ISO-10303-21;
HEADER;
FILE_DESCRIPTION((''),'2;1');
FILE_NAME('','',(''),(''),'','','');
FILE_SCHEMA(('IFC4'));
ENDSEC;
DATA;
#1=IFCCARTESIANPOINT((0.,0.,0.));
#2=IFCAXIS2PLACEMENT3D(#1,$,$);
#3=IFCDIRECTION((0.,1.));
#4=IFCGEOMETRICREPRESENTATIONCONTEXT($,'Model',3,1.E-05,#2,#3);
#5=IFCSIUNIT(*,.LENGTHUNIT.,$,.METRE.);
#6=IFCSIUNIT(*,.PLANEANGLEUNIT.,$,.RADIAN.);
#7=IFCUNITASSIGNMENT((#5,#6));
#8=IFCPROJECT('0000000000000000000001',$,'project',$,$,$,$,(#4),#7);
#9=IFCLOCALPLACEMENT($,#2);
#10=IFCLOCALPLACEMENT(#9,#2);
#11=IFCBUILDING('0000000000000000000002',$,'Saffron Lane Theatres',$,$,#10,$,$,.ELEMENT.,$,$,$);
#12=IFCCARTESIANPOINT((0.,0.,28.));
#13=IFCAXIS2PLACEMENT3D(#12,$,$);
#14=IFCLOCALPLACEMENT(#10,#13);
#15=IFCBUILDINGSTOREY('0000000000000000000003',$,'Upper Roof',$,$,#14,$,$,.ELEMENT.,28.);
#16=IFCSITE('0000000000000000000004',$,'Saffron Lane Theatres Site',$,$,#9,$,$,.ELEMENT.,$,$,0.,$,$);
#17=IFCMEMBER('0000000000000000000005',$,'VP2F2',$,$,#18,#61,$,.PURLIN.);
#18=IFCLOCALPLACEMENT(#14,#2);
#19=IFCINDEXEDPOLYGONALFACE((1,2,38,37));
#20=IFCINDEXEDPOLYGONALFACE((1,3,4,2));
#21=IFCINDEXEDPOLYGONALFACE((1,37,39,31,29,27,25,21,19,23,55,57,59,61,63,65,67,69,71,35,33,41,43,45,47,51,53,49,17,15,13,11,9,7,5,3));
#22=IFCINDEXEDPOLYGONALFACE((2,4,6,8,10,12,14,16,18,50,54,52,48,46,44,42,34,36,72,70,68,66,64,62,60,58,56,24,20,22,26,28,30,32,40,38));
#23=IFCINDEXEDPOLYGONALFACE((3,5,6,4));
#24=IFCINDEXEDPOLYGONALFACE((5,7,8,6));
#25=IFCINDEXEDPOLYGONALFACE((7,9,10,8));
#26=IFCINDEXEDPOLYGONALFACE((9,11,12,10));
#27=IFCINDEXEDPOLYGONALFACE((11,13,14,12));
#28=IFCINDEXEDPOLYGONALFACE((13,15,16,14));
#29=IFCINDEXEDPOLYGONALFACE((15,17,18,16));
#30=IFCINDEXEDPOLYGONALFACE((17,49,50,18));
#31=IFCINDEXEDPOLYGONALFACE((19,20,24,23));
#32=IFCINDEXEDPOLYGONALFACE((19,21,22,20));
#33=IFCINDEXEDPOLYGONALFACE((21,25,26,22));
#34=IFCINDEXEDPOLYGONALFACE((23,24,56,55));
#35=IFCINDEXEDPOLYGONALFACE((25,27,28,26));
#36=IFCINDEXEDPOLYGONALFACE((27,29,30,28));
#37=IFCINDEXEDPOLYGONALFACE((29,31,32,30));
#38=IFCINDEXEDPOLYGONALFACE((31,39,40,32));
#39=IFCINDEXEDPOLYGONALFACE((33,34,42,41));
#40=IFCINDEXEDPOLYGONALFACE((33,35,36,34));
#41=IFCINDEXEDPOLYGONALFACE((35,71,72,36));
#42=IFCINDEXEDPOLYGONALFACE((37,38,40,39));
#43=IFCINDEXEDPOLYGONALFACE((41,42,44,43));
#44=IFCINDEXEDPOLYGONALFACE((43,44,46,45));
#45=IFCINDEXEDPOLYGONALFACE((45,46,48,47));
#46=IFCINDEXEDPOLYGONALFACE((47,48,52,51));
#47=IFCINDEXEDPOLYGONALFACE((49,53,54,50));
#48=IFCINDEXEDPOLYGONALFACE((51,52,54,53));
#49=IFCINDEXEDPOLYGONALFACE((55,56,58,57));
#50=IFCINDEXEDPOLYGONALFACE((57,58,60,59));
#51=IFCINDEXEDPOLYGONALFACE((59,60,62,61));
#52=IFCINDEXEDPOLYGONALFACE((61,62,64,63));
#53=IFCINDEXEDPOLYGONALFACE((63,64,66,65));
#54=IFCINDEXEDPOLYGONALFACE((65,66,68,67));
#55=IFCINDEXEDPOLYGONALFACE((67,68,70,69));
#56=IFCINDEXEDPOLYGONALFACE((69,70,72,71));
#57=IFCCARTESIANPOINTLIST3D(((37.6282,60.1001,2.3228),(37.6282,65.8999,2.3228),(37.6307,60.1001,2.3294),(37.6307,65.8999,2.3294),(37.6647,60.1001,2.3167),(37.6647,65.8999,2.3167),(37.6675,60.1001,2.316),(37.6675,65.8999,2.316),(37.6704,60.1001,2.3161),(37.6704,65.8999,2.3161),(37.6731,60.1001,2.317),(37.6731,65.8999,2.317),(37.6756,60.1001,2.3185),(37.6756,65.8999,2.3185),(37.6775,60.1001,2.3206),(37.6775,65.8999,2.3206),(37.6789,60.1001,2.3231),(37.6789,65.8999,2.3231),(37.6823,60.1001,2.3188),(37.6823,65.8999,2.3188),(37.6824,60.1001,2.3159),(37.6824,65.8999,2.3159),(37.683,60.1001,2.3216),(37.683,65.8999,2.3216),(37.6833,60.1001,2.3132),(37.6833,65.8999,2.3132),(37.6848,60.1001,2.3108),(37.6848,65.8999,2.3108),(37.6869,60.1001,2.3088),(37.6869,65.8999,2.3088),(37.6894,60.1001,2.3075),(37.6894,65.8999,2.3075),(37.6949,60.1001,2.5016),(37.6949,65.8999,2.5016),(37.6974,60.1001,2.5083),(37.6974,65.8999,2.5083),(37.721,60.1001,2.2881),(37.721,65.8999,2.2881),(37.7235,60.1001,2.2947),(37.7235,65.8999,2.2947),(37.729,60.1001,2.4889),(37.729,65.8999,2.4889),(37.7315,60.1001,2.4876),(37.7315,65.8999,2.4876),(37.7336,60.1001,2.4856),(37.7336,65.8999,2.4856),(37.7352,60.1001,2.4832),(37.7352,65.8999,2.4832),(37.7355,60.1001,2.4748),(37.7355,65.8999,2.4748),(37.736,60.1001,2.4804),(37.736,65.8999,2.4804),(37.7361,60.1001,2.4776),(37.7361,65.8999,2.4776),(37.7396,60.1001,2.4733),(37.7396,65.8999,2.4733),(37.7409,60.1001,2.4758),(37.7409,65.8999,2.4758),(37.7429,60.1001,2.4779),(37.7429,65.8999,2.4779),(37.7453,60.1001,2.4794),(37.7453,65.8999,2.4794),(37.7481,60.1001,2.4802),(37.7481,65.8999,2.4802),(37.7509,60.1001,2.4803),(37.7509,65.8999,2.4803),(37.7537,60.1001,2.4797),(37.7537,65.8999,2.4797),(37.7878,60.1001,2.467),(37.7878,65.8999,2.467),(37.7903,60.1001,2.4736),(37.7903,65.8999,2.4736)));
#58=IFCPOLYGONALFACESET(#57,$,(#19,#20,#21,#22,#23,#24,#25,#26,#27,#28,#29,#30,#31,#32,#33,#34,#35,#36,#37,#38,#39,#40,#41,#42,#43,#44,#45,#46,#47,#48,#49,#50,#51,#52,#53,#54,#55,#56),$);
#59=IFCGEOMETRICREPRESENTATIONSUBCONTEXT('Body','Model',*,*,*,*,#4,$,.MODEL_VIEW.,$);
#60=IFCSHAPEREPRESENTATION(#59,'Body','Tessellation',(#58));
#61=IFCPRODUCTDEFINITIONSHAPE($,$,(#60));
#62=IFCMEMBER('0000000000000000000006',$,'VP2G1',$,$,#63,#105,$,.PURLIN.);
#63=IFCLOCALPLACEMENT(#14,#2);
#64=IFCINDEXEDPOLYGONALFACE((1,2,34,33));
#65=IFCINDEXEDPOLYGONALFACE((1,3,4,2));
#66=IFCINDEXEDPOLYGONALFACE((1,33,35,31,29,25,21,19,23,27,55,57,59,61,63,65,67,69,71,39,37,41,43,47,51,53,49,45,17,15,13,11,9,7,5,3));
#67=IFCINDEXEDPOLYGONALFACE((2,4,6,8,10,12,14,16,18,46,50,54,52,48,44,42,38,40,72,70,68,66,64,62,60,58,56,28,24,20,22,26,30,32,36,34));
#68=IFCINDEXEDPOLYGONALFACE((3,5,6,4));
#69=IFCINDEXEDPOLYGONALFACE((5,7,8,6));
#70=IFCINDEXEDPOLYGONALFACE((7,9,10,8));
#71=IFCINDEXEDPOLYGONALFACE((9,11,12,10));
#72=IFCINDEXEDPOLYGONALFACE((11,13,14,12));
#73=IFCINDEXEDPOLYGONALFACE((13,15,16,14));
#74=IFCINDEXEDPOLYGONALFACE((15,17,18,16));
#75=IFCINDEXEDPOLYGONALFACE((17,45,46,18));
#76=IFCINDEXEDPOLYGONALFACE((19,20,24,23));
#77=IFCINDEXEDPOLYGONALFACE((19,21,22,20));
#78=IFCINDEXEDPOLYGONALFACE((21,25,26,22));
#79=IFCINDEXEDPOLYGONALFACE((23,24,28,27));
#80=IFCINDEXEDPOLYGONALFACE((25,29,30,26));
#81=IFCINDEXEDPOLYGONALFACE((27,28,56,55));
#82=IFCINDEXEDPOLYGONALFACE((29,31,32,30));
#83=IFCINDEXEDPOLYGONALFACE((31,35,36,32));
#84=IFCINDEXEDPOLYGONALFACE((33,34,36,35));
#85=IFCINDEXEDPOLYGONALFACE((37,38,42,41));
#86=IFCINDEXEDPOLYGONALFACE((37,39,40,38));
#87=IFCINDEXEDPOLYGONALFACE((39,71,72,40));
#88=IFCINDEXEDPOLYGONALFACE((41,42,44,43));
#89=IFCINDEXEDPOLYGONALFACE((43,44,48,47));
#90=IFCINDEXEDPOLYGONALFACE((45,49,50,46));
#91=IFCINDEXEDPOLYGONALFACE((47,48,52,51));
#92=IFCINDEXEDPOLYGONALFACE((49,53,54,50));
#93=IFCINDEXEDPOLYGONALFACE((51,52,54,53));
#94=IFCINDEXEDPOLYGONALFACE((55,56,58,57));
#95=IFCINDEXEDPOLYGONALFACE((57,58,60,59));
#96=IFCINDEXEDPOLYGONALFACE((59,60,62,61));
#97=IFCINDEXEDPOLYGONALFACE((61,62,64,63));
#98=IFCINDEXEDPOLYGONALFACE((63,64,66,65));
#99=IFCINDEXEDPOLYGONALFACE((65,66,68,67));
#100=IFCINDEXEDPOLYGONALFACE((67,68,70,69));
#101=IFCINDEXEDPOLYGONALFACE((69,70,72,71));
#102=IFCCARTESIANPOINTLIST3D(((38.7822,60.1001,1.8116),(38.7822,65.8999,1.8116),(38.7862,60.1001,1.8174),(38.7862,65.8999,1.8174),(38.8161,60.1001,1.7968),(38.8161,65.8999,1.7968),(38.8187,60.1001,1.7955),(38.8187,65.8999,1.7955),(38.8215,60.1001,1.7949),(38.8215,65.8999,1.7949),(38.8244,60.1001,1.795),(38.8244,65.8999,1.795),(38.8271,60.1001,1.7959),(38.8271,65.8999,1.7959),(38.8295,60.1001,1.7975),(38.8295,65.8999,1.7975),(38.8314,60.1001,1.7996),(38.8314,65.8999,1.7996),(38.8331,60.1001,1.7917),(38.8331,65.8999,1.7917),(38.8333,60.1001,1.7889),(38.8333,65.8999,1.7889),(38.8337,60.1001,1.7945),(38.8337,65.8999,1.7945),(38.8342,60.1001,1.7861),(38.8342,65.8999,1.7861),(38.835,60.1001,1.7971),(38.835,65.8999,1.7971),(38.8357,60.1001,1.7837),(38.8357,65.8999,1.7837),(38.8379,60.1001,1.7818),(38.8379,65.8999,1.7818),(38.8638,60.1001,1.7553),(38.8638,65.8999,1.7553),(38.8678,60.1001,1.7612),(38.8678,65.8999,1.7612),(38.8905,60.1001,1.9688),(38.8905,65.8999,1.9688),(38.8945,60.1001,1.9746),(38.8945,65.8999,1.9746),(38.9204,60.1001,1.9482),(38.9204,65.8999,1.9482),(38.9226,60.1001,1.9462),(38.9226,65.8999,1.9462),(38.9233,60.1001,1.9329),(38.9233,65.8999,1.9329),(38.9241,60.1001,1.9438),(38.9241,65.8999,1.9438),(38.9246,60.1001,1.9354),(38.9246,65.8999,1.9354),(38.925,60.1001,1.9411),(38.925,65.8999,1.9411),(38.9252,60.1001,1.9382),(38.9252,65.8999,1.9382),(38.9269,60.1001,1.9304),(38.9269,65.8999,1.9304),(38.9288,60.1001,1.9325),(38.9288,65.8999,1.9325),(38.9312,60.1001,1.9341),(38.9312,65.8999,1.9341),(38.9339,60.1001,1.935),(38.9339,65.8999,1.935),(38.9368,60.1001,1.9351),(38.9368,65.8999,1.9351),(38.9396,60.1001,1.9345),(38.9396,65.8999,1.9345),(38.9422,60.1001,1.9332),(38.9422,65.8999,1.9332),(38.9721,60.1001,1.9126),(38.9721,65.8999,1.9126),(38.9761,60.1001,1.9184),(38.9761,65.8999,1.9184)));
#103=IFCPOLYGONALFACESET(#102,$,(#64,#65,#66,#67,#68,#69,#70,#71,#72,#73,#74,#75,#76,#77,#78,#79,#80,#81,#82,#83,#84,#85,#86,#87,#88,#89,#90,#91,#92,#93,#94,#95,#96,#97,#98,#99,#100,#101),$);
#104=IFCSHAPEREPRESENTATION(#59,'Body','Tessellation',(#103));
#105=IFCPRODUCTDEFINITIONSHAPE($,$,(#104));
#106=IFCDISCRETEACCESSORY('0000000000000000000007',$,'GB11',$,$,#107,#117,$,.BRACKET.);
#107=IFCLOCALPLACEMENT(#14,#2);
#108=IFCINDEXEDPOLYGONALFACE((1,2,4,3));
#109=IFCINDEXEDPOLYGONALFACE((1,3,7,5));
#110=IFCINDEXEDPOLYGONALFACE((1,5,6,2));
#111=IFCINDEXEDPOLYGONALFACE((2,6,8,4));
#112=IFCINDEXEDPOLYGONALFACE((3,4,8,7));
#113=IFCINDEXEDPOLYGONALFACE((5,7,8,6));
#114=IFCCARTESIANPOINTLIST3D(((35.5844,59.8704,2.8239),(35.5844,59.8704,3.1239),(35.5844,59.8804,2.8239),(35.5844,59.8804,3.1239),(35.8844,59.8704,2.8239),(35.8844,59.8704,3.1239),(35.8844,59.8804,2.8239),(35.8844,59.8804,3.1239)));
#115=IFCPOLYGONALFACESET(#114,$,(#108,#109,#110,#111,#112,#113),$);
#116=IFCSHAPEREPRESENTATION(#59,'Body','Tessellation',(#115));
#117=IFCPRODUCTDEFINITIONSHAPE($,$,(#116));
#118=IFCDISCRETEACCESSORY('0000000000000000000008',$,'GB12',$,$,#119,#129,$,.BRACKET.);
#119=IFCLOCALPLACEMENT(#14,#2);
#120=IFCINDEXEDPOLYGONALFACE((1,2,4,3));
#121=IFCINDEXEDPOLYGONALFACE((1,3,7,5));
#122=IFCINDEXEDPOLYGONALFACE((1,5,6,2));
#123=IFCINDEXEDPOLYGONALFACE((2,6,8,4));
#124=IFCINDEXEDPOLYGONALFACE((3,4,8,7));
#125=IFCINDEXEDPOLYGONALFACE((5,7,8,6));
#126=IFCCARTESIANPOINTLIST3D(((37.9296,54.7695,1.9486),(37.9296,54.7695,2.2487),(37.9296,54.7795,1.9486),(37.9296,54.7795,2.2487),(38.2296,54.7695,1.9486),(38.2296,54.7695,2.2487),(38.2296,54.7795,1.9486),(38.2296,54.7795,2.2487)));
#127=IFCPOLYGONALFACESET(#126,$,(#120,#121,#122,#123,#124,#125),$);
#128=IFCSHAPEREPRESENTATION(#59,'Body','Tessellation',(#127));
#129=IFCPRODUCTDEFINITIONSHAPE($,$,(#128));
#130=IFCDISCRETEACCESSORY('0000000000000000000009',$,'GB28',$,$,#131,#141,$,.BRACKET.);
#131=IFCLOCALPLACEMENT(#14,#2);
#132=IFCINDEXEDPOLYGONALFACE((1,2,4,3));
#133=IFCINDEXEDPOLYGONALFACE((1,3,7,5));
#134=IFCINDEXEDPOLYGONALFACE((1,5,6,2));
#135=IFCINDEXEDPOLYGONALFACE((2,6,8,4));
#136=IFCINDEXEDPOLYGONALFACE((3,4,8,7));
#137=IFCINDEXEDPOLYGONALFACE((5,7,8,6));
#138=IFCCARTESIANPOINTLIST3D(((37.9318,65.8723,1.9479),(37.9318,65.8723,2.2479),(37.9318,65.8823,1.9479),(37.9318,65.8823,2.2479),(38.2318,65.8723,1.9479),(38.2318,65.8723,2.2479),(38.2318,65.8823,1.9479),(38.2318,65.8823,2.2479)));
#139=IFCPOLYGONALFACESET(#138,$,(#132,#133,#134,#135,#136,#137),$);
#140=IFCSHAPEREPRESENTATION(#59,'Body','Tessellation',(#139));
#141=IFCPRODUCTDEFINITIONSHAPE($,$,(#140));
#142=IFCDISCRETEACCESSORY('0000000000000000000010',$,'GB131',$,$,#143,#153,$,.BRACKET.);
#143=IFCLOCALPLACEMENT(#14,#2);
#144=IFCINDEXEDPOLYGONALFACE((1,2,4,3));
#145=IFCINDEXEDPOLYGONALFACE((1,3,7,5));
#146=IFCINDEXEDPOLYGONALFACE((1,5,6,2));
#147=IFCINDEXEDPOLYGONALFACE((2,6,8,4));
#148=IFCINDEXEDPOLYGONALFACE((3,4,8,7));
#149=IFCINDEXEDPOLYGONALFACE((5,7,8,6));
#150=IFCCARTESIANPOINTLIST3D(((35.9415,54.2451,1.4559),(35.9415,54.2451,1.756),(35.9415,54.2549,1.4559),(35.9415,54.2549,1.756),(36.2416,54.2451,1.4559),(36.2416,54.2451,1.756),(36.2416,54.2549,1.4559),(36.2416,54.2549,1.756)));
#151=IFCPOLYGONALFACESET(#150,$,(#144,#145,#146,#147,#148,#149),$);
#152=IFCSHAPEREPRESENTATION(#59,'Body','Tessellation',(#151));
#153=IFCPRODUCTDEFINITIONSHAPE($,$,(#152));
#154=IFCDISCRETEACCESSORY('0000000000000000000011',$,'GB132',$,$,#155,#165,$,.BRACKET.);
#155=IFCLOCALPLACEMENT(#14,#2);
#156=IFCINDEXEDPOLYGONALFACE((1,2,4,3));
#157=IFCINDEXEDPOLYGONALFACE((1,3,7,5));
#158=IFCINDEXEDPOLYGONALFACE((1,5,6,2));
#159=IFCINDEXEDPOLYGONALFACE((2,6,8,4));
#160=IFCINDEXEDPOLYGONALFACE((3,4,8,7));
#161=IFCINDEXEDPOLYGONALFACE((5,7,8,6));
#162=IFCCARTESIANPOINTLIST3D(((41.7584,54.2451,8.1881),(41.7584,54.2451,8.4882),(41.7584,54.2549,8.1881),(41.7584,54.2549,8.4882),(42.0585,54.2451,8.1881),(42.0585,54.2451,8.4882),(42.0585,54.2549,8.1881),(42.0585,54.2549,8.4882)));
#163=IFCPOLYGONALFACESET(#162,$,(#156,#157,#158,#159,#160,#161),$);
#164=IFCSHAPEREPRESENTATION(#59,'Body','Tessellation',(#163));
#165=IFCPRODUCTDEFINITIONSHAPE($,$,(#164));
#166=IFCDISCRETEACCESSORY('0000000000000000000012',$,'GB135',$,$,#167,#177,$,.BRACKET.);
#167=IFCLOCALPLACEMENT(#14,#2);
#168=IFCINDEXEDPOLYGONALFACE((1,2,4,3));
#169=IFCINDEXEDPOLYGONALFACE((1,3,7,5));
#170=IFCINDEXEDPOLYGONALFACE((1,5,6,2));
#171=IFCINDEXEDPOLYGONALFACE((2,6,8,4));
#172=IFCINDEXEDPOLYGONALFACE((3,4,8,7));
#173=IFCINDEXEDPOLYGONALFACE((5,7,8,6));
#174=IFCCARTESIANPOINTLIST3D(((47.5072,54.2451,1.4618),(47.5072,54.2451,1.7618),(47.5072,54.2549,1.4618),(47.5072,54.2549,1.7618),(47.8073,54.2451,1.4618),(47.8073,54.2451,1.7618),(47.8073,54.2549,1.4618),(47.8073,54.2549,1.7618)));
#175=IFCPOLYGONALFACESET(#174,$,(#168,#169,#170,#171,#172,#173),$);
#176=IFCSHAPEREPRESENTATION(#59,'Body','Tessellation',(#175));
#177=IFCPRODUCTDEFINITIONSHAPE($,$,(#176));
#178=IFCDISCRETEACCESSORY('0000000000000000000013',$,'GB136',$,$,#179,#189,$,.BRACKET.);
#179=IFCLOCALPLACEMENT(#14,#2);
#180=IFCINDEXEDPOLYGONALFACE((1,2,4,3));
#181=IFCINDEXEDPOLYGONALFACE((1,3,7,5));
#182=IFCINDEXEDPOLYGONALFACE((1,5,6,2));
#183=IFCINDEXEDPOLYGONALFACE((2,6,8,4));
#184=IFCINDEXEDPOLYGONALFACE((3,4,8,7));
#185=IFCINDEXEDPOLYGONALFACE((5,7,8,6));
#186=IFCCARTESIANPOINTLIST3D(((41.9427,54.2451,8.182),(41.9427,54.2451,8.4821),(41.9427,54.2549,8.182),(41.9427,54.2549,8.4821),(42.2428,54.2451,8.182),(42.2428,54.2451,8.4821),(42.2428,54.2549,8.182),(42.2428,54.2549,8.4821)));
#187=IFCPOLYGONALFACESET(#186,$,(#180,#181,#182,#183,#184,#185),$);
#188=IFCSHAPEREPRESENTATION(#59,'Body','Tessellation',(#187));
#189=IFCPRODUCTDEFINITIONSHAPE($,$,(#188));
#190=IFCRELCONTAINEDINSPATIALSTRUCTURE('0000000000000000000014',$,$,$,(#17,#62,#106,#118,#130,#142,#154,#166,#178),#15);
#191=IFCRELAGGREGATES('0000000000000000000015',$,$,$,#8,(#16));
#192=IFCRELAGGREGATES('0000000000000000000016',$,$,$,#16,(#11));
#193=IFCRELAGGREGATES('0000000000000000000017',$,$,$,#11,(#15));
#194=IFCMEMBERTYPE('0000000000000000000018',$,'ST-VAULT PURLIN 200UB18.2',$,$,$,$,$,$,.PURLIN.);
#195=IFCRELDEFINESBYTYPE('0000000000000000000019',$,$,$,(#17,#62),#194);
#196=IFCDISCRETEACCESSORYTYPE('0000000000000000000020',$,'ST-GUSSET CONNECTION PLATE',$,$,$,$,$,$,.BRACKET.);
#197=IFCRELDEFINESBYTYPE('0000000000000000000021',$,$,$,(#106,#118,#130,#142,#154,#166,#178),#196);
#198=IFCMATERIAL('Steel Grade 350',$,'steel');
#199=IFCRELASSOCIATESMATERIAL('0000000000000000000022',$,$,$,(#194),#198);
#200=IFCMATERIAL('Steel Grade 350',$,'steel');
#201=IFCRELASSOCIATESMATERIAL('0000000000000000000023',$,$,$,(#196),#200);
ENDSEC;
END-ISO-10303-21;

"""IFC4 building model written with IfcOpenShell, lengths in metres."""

from ifc_helpers import new_model, si_unit, direction, frame, origin, origin_2d, place, context, subcontext, project, spatial, rectangle, i_section, extrude, material, material_profile, profile_set, type_object, element, save


model = new_model("IFC4")

# Units and contexts
model_context = context("Model", 3, precision=1e-05, world=origin(), true_north=direction((0.0, 1.0)))
body_context = subcontext(model_context, "Body", "Model", "MODEL_VIEW")
ifc_project = project(units=[si_unit("LENGTHUNIT", "METRE"), si_unit("PLANEANGLEUNIT", "RADIAN")], contexts=[model_context])

# Site, building, storey
site_placement = place(None, origin())
site = spatial("IfcSite", under=ifc_project, at=site_placement, Name="Saffron Lane Theatres Site", CompositionType="ELEMENT", RefElevation=0.0)
building_placement = place(site_placement, origin())
building = spatial("IfcBuilding", under=site, at=building_placement, Name="Saffron Lane Theatres", CompositionType="ELEMENT")
storey_placement = place(building_placement, frame((0.0, 0.0, 28.0)))
storey = spatial("IfcBuildingStorey", under=building, at=storey_placement, Name="Upper Roof", CompositionType="ELEMENT", Elevation=28.0)

# Members
ifc_material_1 = material(Name="Steel Grade 350", Category="steel")
ifc_material_profile_1 = material_profile(ifc_material_1, i_section(OverallWidth=0.0991, OverallDepth=0.198, WebThickness=0.0044, FlangeThickness=0.0071, FilletRadius=0.011, at=origin_2d()))
ifc_profile_set_1 = profile_set([ifc_material_profile_1], Name="Steel Grade 350")
member_type_1 = type_object("IfcMemberType", Name="ST-VAULT PURLIN 200UB18.2", PredefinedType="PURLIN", material=ifc_profile_set_1)
for number, where, z_axis, x_axis, name in (
    (1, (37.7092, 60.1001, 2.3982), (0.0, 1.0, 0.0), (0.93689, 0.0, -0.349624), "VP2F2"),
    (2, (38.8792, 60.1001, 1.865), (0.0, 1.0, 0.0), (0.823487, 0.0, -0.567335), "VP2G1"),
):
    element("IfcMember", number, at=place(storey_placement, frame(where, z_axis=z_axis, x_axis=x_axis)), inside=storey, type_object=member_type_1, Name=name, PredefinedType="PURLIN", context=body_context, shape_type="SweptSolid", body=[
        extrude(i_section(OverallWidth=0.0991, OverallDepth=0.198, WebThickness=0.0044, FlangeThickness=0.0071, FilletRadius=0.011, at=origin_2d()), origin(), (0.0, 0.0, 1.0), 5.7998),
    ])

# Discrete accessories
ifc_material_2 = material(Name="Steel Grade 350", Category="steel")
ifc_material_profile_2 = material_profile(ifc_material_2, rectangle(XDim=0.3, YDim=0.3, at=origin_2d()))
ifc_profile_set_2 = profile_set([ifc_material_profile_2], Name="Steel Grade 350")
discrete_accessory_type_1 = type_object("IfcDiscreteAccessoryType", Name="ST-GUSSET CONNECTION PLATE", PredefinedType="BRACKET", material=ifc_profile_set_2)
for number, where, z_axis, x_axis, name in (
    (3, (35.7344, 59.8804, 2.9739), (0.0, -1.0, 0.0), (1.0, 0.0, 0.0), "GB11"),
    (4, (38.0796, 54.7695, 2.0986), (0.0, 1.0, 0.0), (-1.0, 0.0, 0.0), "GB12"),
    (5, (38.0818, 65.8823, 2.0979), (0.0, -1.0, 0.0), (1.0, 0.0, 0.0), "GB28"),
):
    element("IfcDiscreteAccessory", number, at=place(storey_placement, frame(where, z_axis=z_axis, x_axis=x_axis)), inside=storey, type_object=discrete_accessory_type_1, Name=name, PredefinedType="BRACKET", context=body_context, shape_type="SweptSolid", body=[
        extrude(rectangle(XDim=0.3, YDim=0.3, at=origin_2d()), origin(), (0.0, 0.0, 1.0), 0.01),
    ])
for number, where, z_axis, x_axis, name in (
    (6, (36.0916, 54.2451, 1.606), (0.0, 1.0, 0.0), (-1.0, 0.0, 0.0), "GB131"),
    (7, (41.9084, 54.2451, 8.3381), (0.0, 1.0, 0.0), (-1.0, 0.0, 0.0), "GB132"),
    (8, (47.6572, 54.2451, 1.6118), (0.0, 1.0, 0.0), (-1.0, 0.0, 0.0), "GB135"),
    (9, (42.0928, 54.2451, 8.332), (0.0, 1.0, 0.0), (-1.0, 0.0, 0.0), "GB136"),
):
    element("IfcDiscreteAccessory", number, at=place(storey_placement, frame(where, z_axis=z_axis, x_axis=x_axis)), inside=storey, type_object=discrete_accessory_type_1, Name=name, PredefinedType="BRACKET", context=body_context, shape_type="SweptSolid", body=[
        extrude(rectangle(XDim=0.3, YDim=0.3, at=origin_2d()), origin(), (0.0, 0.0, 1.0), 0.0098),
    ])

save(model, "model.ifc")
